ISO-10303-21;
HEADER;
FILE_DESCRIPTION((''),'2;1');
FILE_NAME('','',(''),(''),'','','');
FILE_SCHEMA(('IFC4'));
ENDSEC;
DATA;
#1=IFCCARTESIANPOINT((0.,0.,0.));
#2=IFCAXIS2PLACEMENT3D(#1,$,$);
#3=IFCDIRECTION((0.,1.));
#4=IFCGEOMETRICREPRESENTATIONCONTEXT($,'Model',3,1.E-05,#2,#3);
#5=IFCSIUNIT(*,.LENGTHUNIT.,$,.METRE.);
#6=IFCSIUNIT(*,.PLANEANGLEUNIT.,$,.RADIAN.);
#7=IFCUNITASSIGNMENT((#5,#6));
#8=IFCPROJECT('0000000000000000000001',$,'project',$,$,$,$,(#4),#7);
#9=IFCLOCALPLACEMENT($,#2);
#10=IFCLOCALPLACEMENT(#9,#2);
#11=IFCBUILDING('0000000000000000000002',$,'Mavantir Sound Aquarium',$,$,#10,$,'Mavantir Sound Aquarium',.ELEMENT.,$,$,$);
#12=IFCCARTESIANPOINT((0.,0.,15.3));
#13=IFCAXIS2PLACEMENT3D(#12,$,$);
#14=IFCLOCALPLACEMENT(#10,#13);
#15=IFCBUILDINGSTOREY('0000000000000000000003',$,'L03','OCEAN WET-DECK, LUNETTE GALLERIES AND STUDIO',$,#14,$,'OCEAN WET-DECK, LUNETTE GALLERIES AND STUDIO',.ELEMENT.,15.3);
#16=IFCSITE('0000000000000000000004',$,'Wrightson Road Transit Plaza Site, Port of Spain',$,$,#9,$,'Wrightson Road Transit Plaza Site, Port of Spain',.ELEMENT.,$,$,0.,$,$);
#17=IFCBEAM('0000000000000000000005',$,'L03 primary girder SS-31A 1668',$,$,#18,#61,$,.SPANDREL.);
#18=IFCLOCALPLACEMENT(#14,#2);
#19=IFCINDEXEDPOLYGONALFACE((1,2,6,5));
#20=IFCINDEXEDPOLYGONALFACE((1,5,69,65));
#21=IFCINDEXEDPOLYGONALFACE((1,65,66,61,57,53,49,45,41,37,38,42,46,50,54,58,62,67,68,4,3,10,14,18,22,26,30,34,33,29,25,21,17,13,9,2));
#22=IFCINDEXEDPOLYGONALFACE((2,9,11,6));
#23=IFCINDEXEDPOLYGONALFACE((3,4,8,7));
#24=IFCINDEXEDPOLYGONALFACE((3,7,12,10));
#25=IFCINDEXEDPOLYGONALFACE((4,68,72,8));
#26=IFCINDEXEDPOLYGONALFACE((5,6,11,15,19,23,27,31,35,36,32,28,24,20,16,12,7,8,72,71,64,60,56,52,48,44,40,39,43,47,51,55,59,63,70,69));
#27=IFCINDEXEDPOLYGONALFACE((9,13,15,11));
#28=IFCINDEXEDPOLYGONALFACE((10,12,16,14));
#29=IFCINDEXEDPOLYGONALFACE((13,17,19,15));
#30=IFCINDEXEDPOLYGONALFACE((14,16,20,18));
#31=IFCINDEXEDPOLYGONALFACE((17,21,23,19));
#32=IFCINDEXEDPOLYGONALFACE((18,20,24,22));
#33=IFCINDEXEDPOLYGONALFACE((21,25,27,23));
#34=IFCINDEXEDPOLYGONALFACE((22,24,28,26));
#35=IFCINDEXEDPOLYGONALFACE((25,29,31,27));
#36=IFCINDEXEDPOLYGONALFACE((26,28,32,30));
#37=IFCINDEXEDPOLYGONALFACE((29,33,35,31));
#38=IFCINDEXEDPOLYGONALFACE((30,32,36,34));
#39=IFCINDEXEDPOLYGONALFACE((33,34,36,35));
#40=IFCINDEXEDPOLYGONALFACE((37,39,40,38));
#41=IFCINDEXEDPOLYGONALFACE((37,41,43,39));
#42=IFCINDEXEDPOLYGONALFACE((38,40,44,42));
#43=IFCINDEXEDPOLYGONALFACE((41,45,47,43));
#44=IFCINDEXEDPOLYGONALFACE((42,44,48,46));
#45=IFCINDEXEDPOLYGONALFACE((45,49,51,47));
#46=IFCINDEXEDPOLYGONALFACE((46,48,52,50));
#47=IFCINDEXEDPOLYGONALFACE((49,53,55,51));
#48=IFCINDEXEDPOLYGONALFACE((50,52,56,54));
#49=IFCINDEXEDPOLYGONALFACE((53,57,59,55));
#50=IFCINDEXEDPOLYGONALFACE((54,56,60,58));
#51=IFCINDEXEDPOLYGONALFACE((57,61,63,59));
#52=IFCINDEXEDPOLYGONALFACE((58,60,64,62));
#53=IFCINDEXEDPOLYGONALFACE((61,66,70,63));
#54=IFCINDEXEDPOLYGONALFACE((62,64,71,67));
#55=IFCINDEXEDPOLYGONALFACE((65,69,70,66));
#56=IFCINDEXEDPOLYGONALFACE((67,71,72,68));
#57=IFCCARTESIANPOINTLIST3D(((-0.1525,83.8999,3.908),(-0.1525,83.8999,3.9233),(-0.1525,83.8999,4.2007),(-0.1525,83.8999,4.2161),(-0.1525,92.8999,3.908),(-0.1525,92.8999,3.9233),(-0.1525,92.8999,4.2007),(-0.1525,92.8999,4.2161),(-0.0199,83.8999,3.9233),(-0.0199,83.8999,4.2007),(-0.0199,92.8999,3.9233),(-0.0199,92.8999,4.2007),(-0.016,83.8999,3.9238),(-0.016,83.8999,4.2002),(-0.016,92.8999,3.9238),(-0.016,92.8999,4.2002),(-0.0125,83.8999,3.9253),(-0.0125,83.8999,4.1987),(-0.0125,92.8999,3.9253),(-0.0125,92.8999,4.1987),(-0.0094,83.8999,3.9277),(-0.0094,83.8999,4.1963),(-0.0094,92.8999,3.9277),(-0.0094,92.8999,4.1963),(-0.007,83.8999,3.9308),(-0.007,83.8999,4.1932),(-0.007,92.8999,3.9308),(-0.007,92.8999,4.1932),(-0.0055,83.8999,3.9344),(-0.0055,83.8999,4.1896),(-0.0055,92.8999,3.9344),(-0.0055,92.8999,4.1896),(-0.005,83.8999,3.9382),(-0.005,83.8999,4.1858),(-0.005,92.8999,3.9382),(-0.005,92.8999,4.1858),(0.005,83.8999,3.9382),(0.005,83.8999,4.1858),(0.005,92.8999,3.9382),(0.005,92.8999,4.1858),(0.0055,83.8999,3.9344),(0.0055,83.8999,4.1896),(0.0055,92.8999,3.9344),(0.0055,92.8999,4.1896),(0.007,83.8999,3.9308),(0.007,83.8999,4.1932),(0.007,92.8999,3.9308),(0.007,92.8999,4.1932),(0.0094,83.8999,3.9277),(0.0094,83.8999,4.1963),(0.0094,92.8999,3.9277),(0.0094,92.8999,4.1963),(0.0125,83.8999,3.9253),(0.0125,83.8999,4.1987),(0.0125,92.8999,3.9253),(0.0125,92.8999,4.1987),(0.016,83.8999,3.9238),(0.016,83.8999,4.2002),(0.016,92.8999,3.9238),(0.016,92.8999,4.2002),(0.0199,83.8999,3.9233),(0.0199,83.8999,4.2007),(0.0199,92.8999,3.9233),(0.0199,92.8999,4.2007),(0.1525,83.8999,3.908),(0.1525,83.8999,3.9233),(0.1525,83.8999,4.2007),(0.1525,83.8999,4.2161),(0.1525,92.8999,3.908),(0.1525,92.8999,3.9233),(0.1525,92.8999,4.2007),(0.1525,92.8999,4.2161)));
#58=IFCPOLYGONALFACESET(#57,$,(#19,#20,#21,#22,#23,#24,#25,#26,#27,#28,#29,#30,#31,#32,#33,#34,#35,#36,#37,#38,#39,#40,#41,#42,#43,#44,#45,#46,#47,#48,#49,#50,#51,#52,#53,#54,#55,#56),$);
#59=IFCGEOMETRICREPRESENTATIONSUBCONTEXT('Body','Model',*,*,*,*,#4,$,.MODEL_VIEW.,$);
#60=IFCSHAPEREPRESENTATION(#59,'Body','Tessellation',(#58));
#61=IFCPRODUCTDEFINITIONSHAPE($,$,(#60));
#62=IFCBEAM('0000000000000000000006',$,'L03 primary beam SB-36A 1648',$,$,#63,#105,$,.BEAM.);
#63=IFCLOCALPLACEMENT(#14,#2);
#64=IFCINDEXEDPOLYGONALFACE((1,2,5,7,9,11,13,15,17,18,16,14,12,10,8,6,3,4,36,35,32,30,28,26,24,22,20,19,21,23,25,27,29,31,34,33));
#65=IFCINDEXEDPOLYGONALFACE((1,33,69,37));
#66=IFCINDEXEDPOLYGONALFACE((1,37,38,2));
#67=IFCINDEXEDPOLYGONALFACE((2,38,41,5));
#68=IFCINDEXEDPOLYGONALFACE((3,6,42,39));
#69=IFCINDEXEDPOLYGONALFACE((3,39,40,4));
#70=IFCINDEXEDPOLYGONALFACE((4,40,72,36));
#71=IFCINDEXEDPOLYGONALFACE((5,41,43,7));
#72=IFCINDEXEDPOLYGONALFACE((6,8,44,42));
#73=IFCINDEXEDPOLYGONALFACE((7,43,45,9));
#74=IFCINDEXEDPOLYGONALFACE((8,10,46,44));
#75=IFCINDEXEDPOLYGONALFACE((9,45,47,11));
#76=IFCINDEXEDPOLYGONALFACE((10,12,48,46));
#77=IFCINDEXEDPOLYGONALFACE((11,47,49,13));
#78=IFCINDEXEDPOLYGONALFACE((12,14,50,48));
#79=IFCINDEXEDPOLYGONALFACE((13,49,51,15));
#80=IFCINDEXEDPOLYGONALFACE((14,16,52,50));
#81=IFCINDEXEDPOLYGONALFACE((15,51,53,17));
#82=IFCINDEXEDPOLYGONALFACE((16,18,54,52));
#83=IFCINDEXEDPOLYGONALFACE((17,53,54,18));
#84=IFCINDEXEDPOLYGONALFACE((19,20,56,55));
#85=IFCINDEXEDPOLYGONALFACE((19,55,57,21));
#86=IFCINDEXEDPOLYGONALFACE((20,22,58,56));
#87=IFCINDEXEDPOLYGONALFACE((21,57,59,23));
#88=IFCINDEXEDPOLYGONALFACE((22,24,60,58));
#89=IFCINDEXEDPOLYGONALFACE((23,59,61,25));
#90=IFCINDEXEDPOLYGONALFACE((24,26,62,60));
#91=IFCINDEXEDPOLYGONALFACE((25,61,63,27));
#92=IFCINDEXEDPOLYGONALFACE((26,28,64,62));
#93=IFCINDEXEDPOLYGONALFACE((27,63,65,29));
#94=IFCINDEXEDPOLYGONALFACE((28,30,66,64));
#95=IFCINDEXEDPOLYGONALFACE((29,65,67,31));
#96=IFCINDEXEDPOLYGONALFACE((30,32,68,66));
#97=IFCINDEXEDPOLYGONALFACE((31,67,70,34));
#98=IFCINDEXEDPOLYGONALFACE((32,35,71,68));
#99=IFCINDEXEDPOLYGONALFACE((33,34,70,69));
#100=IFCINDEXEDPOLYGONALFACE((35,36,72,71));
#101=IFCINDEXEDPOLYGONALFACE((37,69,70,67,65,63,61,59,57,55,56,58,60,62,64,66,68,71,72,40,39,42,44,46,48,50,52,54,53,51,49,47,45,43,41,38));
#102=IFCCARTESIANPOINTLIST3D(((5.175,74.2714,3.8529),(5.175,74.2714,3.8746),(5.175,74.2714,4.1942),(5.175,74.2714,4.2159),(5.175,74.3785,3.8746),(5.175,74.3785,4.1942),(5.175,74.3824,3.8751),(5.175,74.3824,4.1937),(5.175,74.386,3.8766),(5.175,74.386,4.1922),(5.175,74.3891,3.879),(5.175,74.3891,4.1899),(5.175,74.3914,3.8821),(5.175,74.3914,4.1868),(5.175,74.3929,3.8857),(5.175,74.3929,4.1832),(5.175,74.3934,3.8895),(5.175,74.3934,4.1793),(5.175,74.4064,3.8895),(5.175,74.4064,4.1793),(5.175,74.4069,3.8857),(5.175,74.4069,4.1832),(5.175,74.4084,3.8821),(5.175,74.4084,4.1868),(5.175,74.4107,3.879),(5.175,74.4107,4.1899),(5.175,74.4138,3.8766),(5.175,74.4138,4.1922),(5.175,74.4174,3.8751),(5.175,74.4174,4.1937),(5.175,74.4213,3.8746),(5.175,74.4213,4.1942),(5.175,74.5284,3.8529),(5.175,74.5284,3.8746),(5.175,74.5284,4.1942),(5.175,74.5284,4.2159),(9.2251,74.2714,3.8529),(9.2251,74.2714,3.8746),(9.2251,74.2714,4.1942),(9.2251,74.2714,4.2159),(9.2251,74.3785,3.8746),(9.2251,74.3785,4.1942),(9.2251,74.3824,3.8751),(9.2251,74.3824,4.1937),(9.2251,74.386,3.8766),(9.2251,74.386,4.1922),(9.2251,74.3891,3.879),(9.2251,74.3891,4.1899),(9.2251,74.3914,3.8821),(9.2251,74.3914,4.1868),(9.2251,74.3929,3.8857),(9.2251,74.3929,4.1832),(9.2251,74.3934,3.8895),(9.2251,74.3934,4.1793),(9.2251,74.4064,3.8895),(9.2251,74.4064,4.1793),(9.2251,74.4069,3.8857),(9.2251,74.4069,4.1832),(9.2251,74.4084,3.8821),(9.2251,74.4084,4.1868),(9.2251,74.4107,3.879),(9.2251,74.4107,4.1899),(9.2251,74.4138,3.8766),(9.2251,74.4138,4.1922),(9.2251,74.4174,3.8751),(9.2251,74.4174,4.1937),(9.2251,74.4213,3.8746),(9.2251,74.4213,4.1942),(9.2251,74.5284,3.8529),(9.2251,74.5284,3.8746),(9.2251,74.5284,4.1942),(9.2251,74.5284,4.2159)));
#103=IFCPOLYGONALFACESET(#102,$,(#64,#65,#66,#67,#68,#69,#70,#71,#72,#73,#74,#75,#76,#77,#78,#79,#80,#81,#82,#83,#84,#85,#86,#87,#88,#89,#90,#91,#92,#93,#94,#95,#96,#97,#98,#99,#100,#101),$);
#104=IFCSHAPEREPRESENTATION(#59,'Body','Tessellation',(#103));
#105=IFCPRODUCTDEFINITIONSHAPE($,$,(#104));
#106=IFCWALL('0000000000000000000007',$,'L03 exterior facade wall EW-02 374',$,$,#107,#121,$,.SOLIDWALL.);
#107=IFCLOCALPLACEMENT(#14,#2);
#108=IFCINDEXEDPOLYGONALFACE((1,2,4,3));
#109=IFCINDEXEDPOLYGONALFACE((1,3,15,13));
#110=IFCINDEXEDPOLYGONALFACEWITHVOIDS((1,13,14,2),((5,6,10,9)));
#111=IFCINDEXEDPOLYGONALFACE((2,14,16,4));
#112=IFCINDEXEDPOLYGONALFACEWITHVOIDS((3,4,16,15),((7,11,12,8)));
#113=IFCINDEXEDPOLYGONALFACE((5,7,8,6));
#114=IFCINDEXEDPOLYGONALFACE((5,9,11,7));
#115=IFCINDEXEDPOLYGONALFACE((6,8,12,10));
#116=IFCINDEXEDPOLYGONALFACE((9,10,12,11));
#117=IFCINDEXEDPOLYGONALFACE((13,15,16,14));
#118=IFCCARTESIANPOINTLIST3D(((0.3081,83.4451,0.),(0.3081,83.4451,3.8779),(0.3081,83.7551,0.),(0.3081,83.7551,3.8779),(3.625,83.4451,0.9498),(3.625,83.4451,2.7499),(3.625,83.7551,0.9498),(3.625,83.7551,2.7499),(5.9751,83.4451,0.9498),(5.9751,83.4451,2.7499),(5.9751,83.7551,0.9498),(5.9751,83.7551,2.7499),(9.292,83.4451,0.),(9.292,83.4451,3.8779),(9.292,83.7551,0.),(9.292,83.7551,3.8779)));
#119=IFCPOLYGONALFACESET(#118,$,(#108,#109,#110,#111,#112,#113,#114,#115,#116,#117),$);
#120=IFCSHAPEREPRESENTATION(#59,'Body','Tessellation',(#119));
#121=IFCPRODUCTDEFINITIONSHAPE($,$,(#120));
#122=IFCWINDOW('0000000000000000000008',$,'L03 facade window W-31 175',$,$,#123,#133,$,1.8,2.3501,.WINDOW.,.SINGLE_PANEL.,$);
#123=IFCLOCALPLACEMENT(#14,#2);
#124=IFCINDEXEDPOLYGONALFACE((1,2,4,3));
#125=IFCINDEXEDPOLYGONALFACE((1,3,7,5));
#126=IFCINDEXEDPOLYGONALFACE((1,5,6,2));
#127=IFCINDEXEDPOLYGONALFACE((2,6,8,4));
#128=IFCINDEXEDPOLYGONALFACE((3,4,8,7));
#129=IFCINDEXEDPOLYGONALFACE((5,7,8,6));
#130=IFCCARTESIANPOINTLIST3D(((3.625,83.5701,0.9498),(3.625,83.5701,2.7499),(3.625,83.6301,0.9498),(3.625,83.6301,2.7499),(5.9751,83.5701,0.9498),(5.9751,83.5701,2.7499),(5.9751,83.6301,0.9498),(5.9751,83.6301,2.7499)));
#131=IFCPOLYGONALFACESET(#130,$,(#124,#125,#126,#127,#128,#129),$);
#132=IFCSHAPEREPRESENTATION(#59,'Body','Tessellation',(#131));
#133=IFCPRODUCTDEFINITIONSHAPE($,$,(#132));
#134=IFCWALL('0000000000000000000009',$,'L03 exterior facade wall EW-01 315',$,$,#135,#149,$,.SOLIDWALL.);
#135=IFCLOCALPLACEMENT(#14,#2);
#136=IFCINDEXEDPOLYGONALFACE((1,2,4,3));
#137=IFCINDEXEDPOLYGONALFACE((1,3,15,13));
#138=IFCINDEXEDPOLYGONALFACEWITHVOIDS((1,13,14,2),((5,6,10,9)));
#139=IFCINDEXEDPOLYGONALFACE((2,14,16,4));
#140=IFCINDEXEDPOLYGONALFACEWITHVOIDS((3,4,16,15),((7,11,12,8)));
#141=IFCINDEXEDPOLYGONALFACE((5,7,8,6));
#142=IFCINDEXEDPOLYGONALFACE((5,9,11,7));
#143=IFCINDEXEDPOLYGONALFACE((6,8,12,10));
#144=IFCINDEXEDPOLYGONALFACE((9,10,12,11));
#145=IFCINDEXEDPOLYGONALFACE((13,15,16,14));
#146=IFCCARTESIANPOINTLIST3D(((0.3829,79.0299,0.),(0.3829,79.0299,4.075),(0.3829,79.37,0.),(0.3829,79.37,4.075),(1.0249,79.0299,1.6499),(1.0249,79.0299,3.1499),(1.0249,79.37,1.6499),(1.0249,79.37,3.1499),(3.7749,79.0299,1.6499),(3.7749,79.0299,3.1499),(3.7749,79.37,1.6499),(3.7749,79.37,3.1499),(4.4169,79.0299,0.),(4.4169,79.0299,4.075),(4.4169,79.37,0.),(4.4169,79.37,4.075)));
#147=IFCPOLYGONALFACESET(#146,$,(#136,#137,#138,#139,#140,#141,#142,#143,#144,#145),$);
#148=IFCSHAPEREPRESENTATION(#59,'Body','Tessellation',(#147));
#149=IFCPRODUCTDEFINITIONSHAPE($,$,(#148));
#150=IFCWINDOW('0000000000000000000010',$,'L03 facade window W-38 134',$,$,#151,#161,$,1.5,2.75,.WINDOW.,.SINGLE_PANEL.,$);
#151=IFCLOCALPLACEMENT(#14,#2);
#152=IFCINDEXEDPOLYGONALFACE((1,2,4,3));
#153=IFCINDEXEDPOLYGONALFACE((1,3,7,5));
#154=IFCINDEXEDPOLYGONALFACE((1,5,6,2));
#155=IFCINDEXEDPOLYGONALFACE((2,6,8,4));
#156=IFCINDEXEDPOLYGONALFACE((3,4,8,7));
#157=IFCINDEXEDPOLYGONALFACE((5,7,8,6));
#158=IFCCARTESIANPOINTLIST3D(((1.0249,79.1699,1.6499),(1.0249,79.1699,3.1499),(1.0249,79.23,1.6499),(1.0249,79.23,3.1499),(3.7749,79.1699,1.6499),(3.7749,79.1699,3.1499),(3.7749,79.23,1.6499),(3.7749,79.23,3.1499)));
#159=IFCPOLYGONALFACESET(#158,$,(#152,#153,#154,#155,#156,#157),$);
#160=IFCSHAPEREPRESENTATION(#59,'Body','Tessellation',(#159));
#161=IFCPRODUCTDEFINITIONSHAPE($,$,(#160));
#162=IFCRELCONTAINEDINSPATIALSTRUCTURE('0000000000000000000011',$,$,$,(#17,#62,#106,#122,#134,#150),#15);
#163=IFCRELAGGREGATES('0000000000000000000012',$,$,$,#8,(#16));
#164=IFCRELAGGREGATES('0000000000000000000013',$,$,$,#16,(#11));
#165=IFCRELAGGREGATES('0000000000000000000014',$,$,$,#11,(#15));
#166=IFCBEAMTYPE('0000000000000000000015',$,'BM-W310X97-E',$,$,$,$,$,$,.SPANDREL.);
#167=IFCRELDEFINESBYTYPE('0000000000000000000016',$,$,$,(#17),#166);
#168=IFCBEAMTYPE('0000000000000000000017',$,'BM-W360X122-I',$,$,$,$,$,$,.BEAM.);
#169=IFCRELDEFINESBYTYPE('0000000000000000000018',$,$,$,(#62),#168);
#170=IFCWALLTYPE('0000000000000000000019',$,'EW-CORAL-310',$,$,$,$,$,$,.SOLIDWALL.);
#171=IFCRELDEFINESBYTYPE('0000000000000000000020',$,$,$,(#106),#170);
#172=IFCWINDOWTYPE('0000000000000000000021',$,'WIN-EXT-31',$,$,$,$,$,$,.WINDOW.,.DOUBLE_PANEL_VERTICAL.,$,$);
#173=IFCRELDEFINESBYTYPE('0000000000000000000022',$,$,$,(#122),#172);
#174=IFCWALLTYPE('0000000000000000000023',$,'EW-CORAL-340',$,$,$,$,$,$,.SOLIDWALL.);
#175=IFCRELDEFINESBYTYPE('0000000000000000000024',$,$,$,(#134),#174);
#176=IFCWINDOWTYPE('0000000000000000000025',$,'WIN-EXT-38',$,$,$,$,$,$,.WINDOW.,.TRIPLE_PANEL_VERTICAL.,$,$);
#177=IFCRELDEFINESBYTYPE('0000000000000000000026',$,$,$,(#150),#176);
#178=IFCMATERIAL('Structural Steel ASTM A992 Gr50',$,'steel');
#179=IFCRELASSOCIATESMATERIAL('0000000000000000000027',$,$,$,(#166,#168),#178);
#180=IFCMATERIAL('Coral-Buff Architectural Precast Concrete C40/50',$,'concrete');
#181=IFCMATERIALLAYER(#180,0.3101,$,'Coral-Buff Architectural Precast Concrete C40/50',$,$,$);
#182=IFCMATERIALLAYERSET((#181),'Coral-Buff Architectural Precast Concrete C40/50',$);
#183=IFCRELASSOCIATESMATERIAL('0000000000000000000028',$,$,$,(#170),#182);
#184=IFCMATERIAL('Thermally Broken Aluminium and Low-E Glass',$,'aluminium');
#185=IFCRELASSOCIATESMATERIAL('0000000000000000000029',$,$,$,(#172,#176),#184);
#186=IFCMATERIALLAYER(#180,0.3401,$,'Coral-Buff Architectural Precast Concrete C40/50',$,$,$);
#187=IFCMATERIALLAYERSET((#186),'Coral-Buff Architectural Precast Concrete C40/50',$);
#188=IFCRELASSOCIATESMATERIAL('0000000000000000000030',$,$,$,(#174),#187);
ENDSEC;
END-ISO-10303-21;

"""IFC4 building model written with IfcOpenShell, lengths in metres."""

from ifc_helpers import new_model, si_unit, direction, frame, frame_2d, origin, origin_2d, place, context, subcontext, project, spatial, rectangle, i_section, extrude, material, layer, layer_set, material_profile, profile_set, type_object, element, fill, save


model = new_model("IFC4")

# Units and contexts
model_context = context("Model", 3, precision=1e-05, world=origin(), true_north=direction((0.0, 1.0)))
body_context = subcontext(model_context, "Body", "Model", "MODEL_VIEW")
ifc_project = project(units=[si_unit("LENGTHUNIT", "METRE"), si_unit("PLANEANGLEUNIT", "RADIAN")], contexts=[model_context])

# Site, building, storey
site_placement = place(None, origin())
site = spatial("IfcSite", under=ifc_project, at=site_placement, Name="Wrightson Road Transit Plaza Site, Port of Spain", LongName="Wrightson Road Transit Plaza Site, Port of Spain", CompositionType="ELEMENT", RefElevation=0.0)
building_placement = place(site_placement, origin())
building = spatial("IfcBuilding", under=site, at=building_placement, Name="Mavantir Sound Aquarium", LongName="Mavantir Sound Aquarium", CompositionType="ELEMENT")
storey_placement = place(building_placement, frame((0.0, 0.0, 15.3)))
storey = spatial("IfcBuildingStorey", under=building, at=storey_placement, Name="L03", Description="OCEAN WET-DECK, LUNETTE GALLERIES AND STUDIO", LongName="OCEAN WET-DECK, LUNETTE GALLERIES AND STUDIO", CompositionType="ELEMENT", Elevation=15.3)

# Beams
ifc_material_1 = material(Name="Structural Steel ASTM A992 Gr50", Category="steel")
ifc_material_profile_1 = material_profile(ifc_material_1, i_section(OverallWidth=0.3049, OverallDepth=0.3081, WebThickness=0.01, FlangeThickness=0.0154, FilletRadius=0.0149, at=origin_2d()), Name="W310X97")
ifc_profile_set_1 = profile_set([ifc_material_profile_1], Name="Structural Steel ASTM A992 Gr50")
beam_type_1 = type_object("IfcBeamType", Name="BM-W310X97-E", PredefinedType="SPANDREL", material=ifc_profile_set_1)
for number, where, z_axis, x_axis, name in (
    (1, (0.0, 83.8999, 4.062), (0.0, 1.0, 0.0), (-1.0, 0.0, 0.0), "L03 primary girder SS-31A 1668"),
):
    element("IfcBeam", number, at=place(storey_placement, frame(where, z_axis=z_axis, x_axis=x_axis)), inside=storey, type_object=beam_type_1, Name=name, PredefinedType="SPANDREL", context=body_context, shape_type="SweptSolid", body=[
        extrude(i_section(OverallWidth=0.3049, OverallDepth=0.3081, WebThickness=0.01, FlangeThickness=0.0154, FilletRadius=0.0149, at=origin_2d()), origin(), (0.0, 0.0, 1.0), 9.0),
    ])
ifc_material_profile_2 = material_profile(ifc_material_1, i_section(OverallWidth=0.2571, OverallDepth=0.363, WebThickness=0.0129, FlangeThickness=0.0217, FilletRadius=0.0149, at=origin_2d()), Name="W360X122")
ifc_profile_set_2 = profile_set([ifc_material_profile_2], Name="Structural Steel ASTM A992 Gr50")
beam_type_2 = type_object("IfcBeamType", Name="BM-W360X122-I", PredefinedType="BEAM", material=ifc_profile_set_2)
beam_1_placement = place(storey_placement, frame((5.175, 74.3999, 4.0344), z_axis=(1.0, 0.0, 0.0), x_axis=(0.0, 1.0, 0.0)))
element("IfcBeam", 2, at=beam_1_placement, inside=storey, type_object=beam_type_2, Name="L03 primary beam SB-36A 1648", PredefinedType="BEAM", context=body_context, shape_type="SweptSolid", body=[
    extrude(i_section(OverallWidth=0.2571, OverallDepth=0.363, WebThickness=0.0129, FlangeThickness=0.0217, FilletRadius=0.0149, at=origin_2d()), origin(), (0.0, 0.0, 1.0), 4.05),
])

# Walls, openings, windows
ifc_material_2 = material(Name="Coral-Buff Architectural Precast Concrete C40/50", Category="concrete")
ifc_layer_1 = layer(ifc_material_2, 0.3101, Name="Coral-Buff Architectural Precast Concrete C40/50")
ifc_layer_set_1 = layer_set([ifc_layer_1], Name="Coral-Buff Architectural Precast Concrete C40/50")
wall_type_1 = type_object("IfcWallType", Name="EW-CORAL-310", PredefinedType="SOLIDWALL", material=ifc_layer_set_1)
wall_1_placement = place(storey_placement, frame((0.3081, 83.6001, 0.0), z_axis=(0.0, 0.0, 1.0), x_axis=(1.0, 0.0, 0.0)))
wall_1 = element("IfcWall", 3, at=wall_1_placement, inside=storey, type_object=wall_type_1, Name="L03 exterior facade wall EW-02 374", PredefinedType="SOLIDWALL", context=body_context, shape_type="SweptSolid", body=[
    extrude(rectangle(XDim=8.9839, YDim=0.3101, at=frame_2d((4.4919, 0.0))), origin(), (0.0, 0.0, 1.0), 3.8779),
])
opening_1_placement = place(wall_1_placement, frame((3.3169, 0.0, 0.95)))
opening_1 = element("IfcOpeningElement", 4, at=opening_1_placement, cuts=wall_1, PredefinedType="OPENING", context=body_context, shape_type="SweptSolid", body=[
    extrude(rectangle(XDim=2.3501, YDim=1.8, at=frame_2d((1.175, 0.8999))), frame((0.0, 0.165, 0.0), z_axis=(0.0, -1.0, 0.0), x_axis=(1.0, 0.0, 0.0)), (0.0, 0.0, 1.0), 0.3301),
])
ifc_material_3 = material(Name="Thermally Broken Aluminium and Low-E Glass", Category="aluminium")
window_type_1 = type_object("IfcWindowType", Name="WIN-EXT-31", PartitioningType="DOUBLE_PANEL_VERTICAL", PredefinedType="WINDOW", material=ifc_material_3)
window_1_placement = place(opening_1_placement, origin())
window_1 = element("IfcWindow", 5, at=window_1_placement, inside=storey, type_object=window_type_1, Name="L03 facade window W-31 175", OverallHeight=1.8, OverallWidth=2.3501, PartitioningType="SINGLE_PANEL", PredefinedType="WINDOW", context=body_context, shape_type="SweptSolid", body=[
    extrude(rectangle(XDim=2.3501, YDim=1.8, at=frame_2d((1.175, 0.8999))), frame((0.0, 0.03, 0.0), z_axis=(0.0, -1.0, 0.0), x_axis=(1.0, 0.0, 0.0)), (0.0, 0.0, 1.0), 0.0601),
])
fill(opening_1, window_1)
ifc_layer_2 = layer(ifc_material_2, 0.3401, Name="Coral-Buff Architectural Precast Concrete C40/50")
ifc_layer_set_2 = layer_set([ifc_layer_2], Name="Coral-Buff Architectural Precast Concrete C40/50")
wall_type_2 = type_object("IfcWallType", Name="EW-CORAL-340", PredefinedType="SOLIDWALL", material=ifc_layer_set_2)
wall_2_placement = place(storey_placement, frame((4.417, 79.2, 0.0), z_axis=(0.0, 0.0, 1.0), x_axis=(-1.0, 0.0, 0.0)))
wall_2 = element("IfcWall", 6, at=wall_2_placement, inside=storey, type_object=wall_type_2, Name="L03 exterior facade wall EW-01 315", PredefinedType="SOLIDWALL", context=body_context, shape_type="SweptSolid", body=[
    extrude(rectangle(XDim=4.0339, YDim=0.3401, at=frame_2d((2.0171, 0.0))), origin(), (0.0, 0.0, 1.0), 4.075),
])
opening_2_placement = place(wall_2_placement, frame((0.6421, 0.0, 1.6499)))
opening_2 = element("IfcOpeningElement", 7, at=opening_2_placement, cuts=wall_2, PredefinedType="OPENING", context=body_context, shape_type="SweptSolid", body=[
    extrude(rectangle(XDim=2.75, YDim=1.5, at=frame_2d((1.375, 0.75))), frame((0.0, 0.1802, 0.0), z_axis=(0.0, -1.0, 0.0), x_axis=(1.0, 0.0, 0.0)), (0.0, 0.0, 1.0), 0.3601),
])
window_type_2 = type_object("IfcWindowType", Name="WIN-EXT-38", PartitioningType="TRIPLE_PANEL_VERTICAL", PredefinedType="WINDOW", material=ifc_material_3)
window_2_placement = place(opening_2_placement, origin())
window_2 = element("IfcWindow", 8, at=window_2_placement, inside=storey, type_object=window_type_2, Name="L03 facade window W-38 134", OverallHeight=1.5, OverallWidth=2.75, PartitioningType="SINGLE_PANEL", PredefinedType="WINDOW", context=body_context, shape_type="SweptSolid", body=[
    extrude(rectangle(XDim=2.75, YDim=1.5, at=frame_2d((1.375, 0.75))), frame((0.0, 0.03, 0.0), z_axis=(0.0, -1.0, 0.0), x_axis=(1.0, 0.0, 0.0)), (0.0, 0.0, 1.0), 0.0601),
])
fill(opening_2, window_2)

save(model, "model.ifc")
